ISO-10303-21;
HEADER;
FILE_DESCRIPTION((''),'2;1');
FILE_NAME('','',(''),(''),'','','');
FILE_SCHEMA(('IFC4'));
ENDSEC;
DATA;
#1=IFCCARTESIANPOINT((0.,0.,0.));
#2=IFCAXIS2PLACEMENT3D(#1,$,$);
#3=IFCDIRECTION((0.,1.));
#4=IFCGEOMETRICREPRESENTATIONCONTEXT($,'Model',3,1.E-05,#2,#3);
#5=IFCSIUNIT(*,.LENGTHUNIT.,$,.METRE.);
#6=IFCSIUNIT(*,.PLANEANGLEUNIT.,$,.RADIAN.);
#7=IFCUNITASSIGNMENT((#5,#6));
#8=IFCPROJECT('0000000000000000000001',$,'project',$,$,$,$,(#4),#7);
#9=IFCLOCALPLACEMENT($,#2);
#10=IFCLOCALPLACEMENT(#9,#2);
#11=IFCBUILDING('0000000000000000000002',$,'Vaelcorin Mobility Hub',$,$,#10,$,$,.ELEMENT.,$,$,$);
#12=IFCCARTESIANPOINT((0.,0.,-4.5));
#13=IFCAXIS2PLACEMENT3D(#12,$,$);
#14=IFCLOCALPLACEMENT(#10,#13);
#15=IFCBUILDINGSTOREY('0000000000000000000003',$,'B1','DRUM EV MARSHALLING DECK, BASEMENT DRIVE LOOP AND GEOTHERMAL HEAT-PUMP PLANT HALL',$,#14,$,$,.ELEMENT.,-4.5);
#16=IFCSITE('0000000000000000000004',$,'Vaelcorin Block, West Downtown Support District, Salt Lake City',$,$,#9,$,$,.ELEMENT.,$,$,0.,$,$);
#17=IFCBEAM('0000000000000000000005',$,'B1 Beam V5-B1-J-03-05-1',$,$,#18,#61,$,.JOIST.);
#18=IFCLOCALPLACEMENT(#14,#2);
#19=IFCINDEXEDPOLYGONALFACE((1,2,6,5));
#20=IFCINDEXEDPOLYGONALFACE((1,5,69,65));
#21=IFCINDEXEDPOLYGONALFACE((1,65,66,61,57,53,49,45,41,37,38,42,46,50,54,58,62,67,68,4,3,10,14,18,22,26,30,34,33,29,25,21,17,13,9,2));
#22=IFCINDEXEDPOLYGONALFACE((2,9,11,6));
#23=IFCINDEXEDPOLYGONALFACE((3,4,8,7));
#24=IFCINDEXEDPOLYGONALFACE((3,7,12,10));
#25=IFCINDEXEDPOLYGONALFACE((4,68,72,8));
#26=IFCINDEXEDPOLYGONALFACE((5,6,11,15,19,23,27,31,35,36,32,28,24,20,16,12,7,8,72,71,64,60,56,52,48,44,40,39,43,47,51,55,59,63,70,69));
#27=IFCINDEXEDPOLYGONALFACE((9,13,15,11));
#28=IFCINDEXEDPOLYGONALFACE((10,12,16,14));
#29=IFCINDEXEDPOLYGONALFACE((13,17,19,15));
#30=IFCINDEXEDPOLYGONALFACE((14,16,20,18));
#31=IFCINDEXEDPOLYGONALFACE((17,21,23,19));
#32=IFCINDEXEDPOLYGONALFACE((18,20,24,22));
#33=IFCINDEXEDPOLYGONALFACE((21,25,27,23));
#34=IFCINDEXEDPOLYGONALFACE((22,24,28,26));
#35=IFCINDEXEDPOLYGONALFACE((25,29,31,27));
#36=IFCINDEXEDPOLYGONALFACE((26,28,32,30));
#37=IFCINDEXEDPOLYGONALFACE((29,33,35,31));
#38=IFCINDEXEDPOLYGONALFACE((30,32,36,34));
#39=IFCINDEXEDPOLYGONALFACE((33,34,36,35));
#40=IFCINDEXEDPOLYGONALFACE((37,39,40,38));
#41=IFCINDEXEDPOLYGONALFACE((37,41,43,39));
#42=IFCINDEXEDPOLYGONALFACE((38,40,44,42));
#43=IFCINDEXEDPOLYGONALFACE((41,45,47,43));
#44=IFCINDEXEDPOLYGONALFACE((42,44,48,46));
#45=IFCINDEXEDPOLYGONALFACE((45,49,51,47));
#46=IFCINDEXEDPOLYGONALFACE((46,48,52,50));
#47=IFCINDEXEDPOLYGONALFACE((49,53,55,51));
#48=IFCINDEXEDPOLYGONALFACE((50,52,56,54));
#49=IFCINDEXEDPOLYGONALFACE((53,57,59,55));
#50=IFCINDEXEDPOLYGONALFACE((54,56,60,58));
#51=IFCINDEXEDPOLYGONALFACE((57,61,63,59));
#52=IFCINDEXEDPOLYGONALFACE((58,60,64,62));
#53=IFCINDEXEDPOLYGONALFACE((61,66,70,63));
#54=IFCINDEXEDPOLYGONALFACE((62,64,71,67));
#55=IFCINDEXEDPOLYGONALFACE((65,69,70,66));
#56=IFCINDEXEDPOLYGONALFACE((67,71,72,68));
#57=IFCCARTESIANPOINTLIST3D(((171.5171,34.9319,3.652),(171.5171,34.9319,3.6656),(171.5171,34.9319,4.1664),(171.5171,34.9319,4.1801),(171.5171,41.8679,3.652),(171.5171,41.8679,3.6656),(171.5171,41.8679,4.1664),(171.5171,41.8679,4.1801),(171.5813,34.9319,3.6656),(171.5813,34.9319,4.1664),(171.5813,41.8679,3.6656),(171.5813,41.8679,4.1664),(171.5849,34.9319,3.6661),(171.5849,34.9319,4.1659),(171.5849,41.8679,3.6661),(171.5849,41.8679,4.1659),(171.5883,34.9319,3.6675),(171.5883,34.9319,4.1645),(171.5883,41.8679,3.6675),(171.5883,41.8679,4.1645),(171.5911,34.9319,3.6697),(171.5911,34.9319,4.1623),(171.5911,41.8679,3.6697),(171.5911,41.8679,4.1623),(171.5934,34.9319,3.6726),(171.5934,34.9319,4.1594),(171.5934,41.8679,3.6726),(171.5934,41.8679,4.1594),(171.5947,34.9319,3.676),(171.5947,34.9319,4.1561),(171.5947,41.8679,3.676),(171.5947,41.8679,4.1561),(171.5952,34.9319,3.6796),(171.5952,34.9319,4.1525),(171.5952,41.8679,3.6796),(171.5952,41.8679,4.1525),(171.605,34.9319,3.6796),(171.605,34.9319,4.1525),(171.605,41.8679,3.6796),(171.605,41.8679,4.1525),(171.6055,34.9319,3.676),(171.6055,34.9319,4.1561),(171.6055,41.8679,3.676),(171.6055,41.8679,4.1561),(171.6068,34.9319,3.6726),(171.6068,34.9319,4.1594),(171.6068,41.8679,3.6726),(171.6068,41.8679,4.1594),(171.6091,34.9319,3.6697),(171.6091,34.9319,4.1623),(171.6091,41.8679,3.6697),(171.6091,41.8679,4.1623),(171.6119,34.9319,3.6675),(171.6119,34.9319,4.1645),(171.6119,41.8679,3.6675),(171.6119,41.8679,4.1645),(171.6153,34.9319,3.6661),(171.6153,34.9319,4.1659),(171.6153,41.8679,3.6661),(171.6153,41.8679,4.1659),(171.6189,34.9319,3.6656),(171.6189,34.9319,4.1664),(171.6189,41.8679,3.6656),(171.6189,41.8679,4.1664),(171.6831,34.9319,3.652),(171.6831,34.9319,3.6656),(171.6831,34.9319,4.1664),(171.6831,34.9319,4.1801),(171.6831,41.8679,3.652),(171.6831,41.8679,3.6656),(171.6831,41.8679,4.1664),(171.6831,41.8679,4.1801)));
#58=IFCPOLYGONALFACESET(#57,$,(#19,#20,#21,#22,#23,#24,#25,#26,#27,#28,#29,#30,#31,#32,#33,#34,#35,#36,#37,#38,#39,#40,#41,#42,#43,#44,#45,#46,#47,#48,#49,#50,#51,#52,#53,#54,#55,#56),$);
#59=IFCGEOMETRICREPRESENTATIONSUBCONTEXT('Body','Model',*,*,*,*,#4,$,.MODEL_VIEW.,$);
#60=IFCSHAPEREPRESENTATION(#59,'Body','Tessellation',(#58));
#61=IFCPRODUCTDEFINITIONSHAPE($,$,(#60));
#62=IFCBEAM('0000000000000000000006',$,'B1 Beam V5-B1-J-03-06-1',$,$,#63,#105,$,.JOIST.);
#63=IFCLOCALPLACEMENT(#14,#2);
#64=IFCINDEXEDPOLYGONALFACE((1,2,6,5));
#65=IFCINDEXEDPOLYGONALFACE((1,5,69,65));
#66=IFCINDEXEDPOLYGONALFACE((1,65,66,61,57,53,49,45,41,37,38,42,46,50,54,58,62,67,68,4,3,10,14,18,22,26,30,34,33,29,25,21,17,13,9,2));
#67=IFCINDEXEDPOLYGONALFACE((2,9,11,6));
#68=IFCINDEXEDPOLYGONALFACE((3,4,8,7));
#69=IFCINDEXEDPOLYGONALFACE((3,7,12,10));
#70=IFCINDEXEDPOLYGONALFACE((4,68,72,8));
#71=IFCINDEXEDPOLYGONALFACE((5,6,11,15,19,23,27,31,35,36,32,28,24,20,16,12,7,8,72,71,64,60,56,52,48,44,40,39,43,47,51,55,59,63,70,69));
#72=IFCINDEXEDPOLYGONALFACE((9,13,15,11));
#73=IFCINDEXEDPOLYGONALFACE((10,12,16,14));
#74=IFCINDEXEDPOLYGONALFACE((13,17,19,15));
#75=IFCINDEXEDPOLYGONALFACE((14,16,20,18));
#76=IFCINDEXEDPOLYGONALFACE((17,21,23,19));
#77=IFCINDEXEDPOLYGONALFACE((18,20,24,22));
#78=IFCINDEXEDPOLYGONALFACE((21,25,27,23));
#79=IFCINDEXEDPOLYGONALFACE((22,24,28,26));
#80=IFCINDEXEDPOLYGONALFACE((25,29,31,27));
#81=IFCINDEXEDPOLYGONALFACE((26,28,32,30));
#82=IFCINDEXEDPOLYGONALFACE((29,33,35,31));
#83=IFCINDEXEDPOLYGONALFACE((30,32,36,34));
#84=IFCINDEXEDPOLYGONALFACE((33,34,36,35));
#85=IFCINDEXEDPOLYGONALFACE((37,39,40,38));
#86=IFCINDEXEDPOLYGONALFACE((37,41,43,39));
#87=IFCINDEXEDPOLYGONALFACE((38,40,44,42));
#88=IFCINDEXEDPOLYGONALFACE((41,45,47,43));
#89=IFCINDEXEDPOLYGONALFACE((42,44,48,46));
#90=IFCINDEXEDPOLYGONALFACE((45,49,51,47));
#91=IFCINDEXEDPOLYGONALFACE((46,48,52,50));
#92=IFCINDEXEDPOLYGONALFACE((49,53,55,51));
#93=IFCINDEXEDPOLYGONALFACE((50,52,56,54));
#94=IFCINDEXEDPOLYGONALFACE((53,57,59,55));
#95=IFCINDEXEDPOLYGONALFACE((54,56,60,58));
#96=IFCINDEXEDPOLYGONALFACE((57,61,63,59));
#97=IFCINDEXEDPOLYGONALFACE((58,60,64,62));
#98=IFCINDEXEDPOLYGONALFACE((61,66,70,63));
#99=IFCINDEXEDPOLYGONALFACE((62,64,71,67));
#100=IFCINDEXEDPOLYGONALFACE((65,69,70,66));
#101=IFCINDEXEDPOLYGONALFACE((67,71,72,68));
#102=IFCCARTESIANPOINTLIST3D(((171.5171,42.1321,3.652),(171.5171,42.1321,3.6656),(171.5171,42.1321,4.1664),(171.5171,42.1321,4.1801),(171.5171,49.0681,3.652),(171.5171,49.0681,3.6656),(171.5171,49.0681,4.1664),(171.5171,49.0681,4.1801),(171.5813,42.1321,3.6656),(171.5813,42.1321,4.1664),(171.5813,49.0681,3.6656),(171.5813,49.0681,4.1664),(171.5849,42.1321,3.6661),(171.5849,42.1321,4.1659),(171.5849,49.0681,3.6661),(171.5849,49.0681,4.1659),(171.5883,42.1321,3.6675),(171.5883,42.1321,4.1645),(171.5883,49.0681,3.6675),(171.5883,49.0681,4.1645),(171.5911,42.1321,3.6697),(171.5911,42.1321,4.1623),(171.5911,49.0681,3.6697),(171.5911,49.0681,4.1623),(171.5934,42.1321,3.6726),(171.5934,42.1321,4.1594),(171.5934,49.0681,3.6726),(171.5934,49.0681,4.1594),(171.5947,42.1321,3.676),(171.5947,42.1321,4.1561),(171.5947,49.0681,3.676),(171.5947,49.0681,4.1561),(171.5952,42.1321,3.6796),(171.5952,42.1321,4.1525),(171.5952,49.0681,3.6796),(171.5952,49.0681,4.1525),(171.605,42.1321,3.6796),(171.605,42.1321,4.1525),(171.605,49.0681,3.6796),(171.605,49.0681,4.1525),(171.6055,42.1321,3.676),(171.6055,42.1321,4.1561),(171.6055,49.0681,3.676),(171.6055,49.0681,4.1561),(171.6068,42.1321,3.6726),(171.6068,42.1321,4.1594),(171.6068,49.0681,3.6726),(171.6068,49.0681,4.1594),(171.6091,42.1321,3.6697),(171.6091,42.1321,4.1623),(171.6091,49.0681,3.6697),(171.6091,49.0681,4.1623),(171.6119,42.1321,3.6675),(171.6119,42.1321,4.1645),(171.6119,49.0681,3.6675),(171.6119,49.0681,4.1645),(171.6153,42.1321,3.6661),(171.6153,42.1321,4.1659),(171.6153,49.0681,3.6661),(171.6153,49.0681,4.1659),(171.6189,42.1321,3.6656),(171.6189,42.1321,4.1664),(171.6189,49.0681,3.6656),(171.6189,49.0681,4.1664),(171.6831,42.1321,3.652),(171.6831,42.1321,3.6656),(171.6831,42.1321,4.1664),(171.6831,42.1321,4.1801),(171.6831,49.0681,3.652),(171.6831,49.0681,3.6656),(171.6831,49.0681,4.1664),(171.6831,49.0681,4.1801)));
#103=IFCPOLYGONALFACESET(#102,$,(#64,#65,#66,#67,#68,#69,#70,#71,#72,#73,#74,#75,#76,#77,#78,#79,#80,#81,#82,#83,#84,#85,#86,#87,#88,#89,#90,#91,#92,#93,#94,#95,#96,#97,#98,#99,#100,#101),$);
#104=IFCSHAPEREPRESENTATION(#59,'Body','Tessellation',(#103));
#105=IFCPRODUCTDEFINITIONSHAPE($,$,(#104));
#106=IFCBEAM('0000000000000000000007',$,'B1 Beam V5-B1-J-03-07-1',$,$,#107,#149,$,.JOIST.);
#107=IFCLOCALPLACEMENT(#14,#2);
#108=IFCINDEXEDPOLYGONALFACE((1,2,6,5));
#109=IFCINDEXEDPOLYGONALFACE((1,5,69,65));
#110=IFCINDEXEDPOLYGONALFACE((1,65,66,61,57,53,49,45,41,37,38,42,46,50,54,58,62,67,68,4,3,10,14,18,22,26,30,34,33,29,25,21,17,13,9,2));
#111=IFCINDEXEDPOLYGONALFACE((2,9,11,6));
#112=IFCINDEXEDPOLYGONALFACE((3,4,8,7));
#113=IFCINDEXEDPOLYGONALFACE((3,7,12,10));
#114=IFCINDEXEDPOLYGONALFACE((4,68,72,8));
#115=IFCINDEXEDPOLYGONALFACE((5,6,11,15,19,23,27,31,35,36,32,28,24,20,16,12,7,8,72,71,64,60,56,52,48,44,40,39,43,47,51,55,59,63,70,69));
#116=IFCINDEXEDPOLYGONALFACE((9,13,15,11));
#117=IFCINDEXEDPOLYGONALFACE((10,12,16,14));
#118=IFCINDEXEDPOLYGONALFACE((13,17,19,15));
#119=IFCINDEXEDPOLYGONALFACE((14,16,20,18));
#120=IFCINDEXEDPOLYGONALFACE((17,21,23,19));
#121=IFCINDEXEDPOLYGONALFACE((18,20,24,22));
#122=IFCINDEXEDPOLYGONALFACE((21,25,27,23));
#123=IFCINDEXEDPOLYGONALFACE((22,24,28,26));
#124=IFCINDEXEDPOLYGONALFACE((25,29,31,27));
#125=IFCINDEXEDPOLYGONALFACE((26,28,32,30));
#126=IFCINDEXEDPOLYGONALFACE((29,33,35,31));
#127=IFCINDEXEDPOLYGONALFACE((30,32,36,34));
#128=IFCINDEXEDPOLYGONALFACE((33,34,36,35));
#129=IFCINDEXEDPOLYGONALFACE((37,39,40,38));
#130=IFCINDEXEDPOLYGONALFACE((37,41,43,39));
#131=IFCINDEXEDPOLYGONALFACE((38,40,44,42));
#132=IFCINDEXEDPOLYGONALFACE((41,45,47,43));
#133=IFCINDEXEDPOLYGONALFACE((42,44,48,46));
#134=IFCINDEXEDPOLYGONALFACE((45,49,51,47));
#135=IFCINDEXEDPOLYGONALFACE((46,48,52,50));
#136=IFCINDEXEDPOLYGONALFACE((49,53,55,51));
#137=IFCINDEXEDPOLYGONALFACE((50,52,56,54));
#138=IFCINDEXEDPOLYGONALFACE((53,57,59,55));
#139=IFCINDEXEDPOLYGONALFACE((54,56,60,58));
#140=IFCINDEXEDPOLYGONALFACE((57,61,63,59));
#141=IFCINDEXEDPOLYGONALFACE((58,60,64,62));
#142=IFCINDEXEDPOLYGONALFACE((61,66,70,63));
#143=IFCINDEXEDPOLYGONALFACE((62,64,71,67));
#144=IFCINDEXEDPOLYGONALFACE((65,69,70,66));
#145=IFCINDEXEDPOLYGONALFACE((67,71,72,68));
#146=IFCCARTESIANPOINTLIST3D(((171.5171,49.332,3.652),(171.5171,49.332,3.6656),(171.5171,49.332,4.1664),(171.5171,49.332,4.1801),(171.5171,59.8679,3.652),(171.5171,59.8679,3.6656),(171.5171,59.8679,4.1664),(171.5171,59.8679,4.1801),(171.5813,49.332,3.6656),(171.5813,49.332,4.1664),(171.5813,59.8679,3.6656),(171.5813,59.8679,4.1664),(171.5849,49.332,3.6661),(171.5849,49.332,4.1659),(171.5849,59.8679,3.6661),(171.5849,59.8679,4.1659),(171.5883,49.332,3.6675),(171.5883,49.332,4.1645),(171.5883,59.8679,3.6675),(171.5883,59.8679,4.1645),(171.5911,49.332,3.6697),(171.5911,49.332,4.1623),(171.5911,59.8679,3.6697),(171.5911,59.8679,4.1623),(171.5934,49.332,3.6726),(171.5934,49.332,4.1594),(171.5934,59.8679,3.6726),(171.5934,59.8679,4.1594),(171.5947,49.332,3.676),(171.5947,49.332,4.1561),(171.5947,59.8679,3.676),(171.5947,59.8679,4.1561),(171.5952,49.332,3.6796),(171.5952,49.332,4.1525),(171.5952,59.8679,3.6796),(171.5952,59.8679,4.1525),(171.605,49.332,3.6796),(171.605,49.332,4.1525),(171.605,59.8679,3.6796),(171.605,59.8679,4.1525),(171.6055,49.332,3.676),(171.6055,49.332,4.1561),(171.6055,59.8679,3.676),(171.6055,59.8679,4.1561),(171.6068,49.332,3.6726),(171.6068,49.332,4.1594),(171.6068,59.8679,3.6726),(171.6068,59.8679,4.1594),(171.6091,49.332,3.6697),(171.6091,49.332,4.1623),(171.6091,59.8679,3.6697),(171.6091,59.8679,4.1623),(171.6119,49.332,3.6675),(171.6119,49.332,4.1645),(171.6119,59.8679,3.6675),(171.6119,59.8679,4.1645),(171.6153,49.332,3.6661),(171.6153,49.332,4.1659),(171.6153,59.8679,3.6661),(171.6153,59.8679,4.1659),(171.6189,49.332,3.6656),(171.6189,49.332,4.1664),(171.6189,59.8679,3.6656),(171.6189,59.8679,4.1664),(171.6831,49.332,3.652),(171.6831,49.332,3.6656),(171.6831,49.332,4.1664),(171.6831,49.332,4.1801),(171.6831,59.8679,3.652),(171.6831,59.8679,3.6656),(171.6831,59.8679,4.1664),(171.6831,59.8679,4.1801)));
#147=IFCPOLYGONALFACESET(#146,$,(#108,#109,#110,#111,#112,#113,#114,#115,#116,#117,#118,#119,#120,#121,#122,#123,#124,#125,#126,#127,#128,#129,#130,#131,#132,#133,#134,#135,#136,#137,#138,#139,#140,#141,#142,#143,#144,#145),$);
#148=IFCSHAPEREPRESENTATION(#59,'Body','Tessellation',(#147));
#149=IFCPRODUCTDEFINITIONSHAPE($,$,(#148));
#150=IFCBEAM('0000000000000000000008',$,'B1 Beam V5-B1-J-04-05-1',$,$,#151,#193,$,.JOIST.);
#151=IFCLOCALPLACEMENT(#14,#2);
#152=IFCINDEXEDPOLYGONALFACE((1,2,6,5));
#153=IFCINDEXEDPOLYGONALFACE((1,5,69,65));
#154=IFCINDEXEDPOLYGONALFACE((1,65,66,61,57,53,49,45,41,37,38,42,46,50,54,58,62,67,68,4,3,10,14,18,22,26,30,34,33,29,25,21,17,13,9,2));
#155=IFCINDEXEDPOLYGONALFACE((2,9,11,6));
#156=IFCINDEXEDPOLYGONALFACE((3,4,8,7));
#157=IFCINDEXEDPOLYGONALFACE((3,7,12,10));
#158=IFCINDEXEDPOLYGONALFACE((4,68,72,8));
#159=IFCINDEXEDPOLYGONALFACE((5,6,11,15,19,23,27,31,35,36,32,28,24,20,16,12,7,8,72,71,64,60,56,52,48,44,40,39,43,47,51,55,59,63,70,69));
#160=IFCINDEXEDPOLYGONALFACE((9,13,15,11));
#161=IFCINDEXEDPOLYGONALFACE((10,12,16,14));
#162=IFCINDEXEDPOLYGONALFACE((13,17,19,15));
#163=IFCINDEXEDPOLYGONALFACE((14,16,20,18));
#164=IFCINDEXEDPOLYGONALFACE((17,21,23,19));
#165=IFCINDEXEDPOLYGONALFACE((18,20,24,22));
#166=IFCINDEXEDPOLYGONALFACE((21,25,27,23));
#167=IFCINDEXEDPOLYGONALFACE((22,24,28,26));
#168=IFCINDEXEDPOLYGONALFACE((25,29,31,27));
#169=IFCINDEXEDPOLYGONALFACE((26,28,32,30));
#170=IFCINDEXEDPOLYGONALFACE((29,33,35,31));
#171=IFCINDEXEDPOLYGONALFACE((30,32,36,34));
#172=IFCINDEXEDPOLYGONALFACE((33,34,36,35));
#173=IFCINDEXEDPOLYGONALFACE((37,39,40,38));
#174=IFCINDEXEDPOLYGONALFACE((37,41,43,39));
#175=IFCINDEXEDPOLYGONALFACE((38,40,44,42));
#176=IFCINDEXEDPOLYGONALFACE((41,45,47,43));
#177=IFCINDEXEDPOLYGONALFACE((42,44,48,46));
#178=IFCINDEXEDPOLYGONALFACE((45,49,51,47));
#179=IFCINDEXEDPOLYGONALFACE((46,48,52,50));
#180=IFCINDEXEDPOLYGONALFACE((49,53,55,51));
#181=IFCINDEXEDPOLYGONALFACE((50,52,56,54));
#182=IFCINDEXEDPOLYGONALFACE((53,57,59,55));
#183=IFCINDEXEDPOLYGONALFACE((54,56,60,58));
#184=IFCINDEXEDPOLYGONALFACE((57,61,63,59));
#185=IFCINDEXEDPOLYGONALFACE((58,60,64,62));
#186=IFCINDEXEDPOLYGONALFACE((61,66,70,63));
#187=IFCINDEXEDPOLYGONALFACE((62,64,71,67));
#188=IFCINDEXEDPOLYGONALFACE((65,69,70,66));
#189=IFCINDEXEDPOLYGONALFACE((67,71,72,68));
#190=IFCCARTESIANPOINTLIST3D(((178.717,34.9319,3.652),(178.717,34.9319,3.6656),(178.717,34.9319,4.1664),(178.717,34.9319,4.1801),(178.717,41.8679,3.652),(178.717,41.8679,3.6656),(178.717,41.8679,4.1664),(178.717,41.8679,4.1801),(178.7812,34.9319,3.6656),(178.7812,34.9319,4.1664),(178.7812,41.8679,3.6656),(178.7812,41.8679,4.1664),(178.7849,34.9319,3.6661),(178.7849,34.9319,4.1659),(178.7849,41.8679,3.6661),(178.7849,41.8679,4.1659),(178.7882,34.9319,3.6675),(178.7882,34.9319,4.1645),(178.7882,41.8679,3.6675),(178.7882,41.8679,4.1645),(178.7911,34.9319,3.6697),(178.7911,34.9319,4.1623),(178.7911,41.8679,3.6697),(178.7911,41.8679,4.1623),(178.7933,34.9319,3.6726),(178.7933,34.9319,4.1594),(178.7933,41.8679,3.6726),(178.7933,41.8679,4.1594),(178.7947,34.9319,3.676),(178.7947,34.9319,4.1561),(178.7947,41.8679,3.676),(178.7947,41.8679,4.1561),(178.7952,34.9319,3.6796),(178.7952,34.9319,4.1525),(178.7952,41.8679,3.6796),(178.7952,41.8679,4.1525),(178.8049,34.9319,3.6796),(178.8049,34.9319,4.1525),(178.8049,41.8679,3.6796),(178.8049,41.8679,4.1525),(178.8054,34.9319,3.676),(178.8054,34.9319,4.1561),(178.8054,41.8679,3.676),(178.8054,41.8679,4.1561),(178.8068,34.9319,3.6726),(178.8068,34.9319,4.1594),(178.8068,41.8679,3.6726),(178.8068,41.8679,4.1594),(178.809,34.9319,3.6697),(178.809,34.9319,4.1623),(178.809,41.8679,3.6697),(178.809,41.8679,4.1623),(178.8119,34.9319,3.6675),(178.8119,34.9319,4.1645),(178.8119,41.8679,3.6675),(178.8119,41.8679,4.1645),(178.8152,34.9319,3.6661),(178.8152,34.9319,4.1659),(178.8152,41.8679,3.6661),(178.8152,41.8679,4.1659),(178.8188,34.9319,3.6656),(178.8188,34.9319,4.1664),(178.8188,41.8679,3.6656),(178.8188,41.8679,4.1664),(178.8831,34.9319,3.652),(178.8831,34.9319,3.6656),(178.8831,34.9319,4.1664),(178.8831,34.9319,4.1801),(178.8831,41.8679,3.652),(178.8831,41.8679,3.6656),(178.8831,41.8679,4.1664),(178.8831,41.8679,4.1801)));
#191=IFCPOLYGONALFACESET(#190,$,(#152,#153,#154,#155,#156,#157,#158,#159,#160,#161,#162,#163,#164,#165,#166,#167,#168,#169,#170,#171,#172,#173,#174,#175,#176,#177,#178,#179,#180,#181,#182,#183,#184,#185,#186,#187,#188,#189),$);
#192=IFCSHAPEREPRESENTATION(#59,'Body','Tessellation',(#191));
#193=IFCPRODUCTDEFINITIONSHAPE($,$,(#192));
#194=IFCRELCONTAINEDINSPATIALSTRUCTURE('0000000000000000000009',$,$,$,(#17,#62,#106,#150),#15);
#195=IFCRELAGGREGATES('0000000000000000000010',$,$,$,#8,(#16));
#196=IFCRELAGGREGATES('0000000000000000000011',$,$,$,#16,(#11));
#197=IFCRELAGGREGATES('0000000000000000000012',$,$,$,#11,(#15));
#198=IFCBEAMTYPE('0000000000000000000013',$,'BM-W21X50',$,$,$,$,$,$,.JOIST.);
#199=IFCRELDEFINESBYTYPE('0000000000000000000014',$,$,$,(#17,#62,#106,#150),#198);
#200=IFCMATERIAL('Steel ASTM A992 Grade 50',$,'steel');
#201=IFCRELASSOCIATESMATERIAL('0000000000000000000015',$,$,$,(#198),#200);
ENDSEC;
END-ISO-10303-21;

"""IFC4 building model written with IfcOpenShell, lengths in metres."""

from ifc_helpers import new_model, si_unit, direction, frame, origin, origin_2d, place, context, subcontext, project, spatial, i_section, extrude, material, material_profile, profile_set, type_object, element, save


model = new_model("IFC4")

# Units and contexts
model_context = context("Model", 3, precision=1e-05, world=origin(), true_north=direction((0.0, 1.0)))
body_context = subcontext(model_context, "Body", "Model", "MODEL_VIEW")
ifc_project = project(units=[si_unit("LENGTHUNIT", "METRE"), si_unit("PLANEANGLEUNIT", "RADIAN")], contexts=[model_context])

# Site, building, storey
site_placement = place(None, origin())
site = spatial("IfcSite", under=ifc_project, at=site_placement, Name="Vaelcorin Block, West Downtown Support District, Salt Lake City", CompositionType="ELEMENT", RefElevation=0.0)
building_placement = place(site_placement, origin())
building = spatial("IfcBuilding", under=site, at=building_placement, Name="Vaelcorin Mobility Hub", CompositionType="ELEMENT")
storey_placement = place(building_placement, frame((0.0, 0.0, -4.5)))
storey = spatial("IfcBuildingStorey", under=building, at=storey_placement, Name="B1", Description="DRUM EV MARSHALLING DECK, BASEMENT DRIVE LOOP AND GEOTHERMAL HEAT-PUMP PLANT HALL", CompositionType="ELEMENT", Elevation=-4.5)

# Shared definitions
ifc_material_1 = material(Name="Steel ASTM A992 Grade 50", Category="steel")

# Beams
ifc_material_profile_1 = material_profile(ifc_material_1, i_section(OverallWidth=0.166, OverallDepth=0.5281, WebThickness=0.0098, FlangeThickness=0.0137, FilletRadius=0.0139, at=origin_2d()), Name="W21X50")
ifc_profile_set_1 = profile_set([ifc_material_profile_1], Name="Steel ASTM A992 Grade 50")
beam_type_1 = type_object("IfcBeamType", Name="BM-W21X50", PredefinedType="JOIST", material=ifc_profile_set_1)
for number, where, z_axis, x_axis, name in (
    (1, (171.6001, 34.9319, 3.916), (0.0, 1.0, 0.0), (-1.0, 0.0, 0.0), "B1 Beam V5-B1-J-03-05-1"),
    (2, (171.6001, 42.1321, 3.916), (0.0, 1.0, 0.0), (-1.0, 0.0, 0.0), "B1 Beam V5-B1-J-03-06-1"),
):
    element("IfcBeam", number, at=place(storey_placement, frame(where, z_axis=z_axis, x_axis=x_axis)), inside=storey, type_object=beam_type_1, Name=name, PredefinedType="JOIST", context=body_context, shape_type="SweptSolid", body=[
        extrude(i_section(OverallWidth=0.166, OverallDepth=0.5281, WebThickness=0.0098, FlangeThickness=0.0137, FilletRadius=0.0139, at=origin_2d()), origin(), (0.0, 0.0, 1.0), 6.936),
    ])
beam_1_placement = place(storey_placement, frame((171.6001, 49.332, 3.916), z_axis=(0.0, 1.0, 0.0), x_axis=(-1.0, 0.0, 0.0)))
element("IfcBeam", 3, at=beam_1_placement, inside=storey, type_object=beam_type_1, Name="B1 Beam V5-B1-J-03-07-1", PredefinedType="JOIST", context=body_context, shape_type="SweptSolid", body=[
    extrude(i_section(OverallWidth=0.166, OverallDepth=0.5281, WebThickness=0.0098, FlangeThickness=0.0137, FilletRadius=0.0139, at=origin_2d()), origin(), (0.0, 0.0, 1.0), 10.5359),
])
for number, where, z_axis, x_axis, name in (
    (4, (178.8, 34.9319, 3.916), (0.0, 1.0, 0.0), (-1.0, 0.0, 0.0), "B1 Beam V5-B1-J-04-05-1"),
):
    element("IfcBeam", number, at=place(storey_placement, frame(where, z_axis=z_axis, x_axis=x_axis)), inside=storey, type_object=beam_type_1, Name=name, PredefinedType="JOIST", context=body_context, shape_type="SweptSolid", body=[
        extrude(i_section(OverallWidth=0.166, OverallDepth=0.5281, WebThickness=0.0098, FlangeThickness=0.0137, FilletRadius=0.0139, at=origin_2d()), origin(), (0.0, 0.0, 1.0), 6.936),
    ])

save(model, "model.ifc")
